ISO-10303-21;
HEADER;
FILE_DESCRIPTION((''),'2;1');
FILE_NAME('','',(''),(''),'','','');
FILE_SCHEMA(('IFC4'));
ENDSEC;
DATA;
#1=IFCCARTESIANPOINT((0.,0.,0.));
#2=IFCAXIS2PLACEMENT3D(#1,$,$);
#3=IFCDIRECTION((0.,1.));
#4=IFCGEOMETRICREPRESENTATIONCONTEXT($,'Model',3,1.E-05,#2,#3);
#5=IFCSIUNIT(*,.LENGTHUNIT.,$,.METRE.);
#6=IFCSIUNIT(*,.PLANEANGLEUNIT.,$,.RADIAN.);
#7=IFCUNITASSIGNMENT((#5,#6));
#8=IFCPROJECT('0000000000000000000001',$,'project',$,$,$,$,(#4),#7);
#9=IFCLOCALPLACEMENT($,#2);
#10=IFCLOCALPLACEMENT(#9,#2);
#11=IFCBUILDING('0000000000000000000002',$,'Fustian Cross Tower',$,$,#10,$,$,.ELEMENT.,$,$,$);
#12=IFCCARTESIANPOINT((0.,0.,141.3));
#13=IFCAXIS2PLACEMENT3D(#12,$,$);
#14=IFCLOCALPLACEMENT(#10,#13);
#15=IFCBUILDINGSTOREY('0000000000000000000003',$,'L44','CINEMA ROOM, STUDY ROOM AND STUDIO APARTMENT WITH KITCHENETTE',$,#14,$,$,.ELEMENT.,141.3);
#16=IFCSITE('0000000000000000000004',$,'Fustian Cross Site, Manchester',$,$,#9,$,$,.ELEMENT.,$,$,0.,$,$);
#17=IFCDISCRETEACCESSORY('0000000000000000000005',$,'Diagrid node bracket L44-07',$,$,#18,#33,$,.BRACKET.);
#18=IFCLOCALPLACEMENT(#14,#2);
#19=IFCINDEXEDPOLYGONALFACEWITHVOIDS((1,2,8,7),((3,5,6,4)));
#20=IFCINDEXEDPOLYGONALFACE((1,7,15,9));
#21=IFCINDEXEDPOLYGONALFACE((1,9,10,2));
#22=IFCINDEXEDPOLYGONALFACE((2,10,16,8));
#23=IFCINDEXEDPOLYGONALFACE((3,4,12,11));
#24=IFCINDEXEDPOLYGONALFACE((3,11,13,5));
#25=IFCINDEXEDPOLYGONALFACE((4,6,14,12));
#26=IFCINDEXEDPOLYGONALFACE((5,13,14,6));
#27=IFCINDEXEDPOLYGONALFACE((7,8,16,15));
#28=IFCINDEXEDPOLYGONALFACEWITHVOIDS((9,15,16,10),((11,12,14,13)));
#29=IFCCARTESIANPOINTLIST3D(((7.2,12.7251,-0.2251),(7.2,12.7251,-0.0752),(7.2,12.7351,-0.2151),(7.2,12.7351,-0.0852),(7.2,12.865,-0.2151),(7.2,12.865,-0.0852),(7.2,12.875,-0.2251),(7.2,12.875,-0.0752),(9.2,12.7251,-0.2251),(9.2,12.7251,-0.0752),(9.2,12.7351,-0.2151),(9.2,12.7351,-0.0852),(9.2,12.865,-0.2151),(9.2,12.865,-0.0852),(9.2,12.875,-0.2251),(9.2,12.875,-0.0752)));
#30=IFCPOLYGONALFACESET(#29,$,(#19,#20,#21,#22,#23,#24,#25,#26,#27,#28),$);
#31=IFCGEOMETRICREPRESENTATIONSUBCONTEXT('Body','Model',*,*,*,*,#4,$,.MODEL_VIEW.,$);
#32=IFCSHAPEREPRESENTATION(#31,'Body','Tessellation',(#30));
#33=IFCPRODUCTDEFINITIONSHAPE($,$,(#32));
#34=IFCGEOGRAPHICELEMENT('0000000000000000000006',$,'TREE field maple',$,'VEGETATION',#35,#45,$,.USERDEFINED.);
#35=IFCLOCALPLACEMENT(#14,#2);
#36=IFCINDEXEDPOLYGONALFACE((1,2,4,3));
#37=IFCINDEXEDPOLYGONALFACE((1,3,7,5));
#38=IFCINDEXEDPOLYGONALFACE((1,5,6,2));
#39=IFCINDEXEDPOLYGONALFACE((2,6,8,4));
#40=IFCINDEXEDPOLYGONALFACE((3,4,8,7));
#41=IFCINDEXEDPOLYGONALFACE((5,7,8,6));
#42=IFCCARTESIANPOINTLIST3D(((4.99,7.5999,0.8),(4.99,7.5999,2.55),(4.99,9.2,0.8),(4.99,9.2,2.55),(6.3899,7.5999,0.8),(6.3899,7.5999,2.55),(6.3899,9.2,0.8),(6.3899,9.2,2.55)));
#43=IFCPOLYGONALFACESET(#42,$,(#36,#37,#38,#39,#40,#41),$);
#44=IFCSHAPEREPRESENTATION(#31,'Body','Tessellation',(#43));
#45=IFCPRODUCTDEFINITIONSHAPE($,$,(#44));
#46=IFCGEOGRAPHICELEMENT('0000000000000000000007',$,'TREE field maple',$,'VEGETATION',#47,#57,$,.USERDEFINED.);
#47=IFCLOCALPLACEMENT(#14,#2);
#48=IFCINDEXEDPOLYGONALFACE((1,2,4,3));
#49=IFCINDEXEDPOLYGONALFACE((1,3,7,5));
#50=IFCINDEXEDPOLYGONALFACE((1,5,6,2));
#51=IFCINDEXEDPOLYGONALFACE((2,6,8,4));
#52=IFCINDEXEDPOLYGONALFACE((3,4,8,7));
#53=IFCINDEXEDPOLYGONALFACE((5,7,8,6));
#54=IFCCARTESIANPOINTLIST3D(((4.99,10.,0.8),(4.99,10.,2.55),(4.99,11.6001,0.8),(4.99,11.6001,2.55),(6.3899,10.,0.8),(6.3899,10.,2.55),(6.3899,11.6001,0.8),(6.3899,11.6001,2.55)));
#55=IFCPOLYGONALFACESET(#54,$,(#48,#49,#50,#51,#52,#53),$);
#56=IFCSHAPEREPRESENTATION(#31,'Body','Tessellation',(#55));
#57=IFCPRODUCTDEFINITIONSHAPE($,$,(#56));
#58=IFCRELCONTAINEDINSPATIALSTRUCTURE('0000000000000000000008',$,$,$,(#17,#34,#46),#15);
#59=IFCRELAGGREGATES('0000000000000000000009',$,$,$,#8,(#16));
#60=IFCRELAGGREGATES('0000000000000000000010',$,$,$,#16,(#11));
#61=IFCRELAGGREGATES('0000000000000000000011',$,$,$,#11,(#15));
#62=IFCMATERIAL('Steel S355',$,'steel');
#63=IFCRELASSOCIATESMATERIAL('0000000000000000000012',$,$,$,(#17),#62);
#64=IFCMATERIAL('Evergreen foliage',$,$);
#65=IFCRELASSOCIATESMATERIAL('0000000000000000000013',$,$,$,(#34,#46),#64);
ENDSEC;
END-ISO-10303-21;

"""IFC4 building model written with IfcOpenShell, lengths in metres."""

from ifc_helpers import new_model, si_unit, direction, frame, origin, origin_2d, place, context, subcontext, project, spatial, rectangle, hollow_rectangle, extrude, material, element, save


model = new_model("IFC4")

# Units and contexts
model_context = context("Model", 3, precision=1e-05, world=origin(), true_north=direction((0.0, 1.0)))
body_context = subcontext(model_context, "Body", "Model", "MODEL_VIEW")
ifc_project = project(units=[si_unit("LENGTHUNIT", "METRE"), si_unit("PLANEANGLEUNIT", "RADIAN")], contexts=[model_context])

# Site, building, storey
site_placement = place(None, origin())
site = spatial("IfcSite", under=ifc_project, at=site_placement, Name="Fustian Cross Site, Manchester", CompositionType="ELEMENT", RefElevation=0.0)
building_placement = place(site_placement, origin())
building = spatial("IfcBuilding", under=site, at=building_placement, Name="Fustian Cross Tower", CompositionType="ELEMENT")
storey_placement = place(building_placement, frame((0.0, 0.0, 141.3)))
storey = spatial("IfcBuildingStorey", under=building, at=storey_placement, Name="L44", Description="CINEMA ROOM, STUDY ROOM AND STUDIO APARTMENT WITH KITCHENETTE", CompositionType="ELEMENT", Elevation=141.3)

# Discrete accessory
ifc_material_1 = material(Name="Steel S355", Category="steel")
discrete_accessory_placement = place(storey_placement, frame((9.2, 12.8, -0.1501), z_axis=(-1.0, 0.0, 0.0), x_axis=(0.0, -1.0, 0.0)))
element("IfcDiscreteAccessory", 1, at=discrete_accessory_placement, inside=storey, material=ifc_material_1, Name="Diagrid node bracket L44-07", PredefinedType="BRACKET", context=body_context, shape_type="SweptSolid", body=[
    extrude(hollow_rectangle(XDim=0.1499, YDim=0.1499, WallThickness=0.01, at=origin_2d()), origin(), (0.0, 0.0, 1.0), 2.0),
])

# Geographic elements
ifc_material_2 = material(Name="Evergreen foliage")
for number, where, z_axis, x_axis, name in (
    (2, (5.6899, 8.3999, 0.8), (0.0, 0.0, 1.0), (1.0, 0.0, 0.0), "TREE field maple"),
    (3, (5.6899, 10.8, 0.8), (0.0, 0.0, 1.0), (1.0, 0.0, 0.0), "TREE field maple"),
):
    element("IfcGeographicElement", number, at=place(storey_placement, frame(where, z_axis=z_axis, x_axis=x_axis)), inside=storey, material=ifc_material_2, Name=name, ObjectType="VEGETATION", PredefinedType="USERDEFINED", context=body_context, shape_type="SweptSolid", body=[
        extrude(rectangle(XDim=1.3999, YDim=1.6001, at=origin_2d()), origin(), (0.0, 0.0, 1.0), 1.75),
    ])

save(model, "model.ifc")
